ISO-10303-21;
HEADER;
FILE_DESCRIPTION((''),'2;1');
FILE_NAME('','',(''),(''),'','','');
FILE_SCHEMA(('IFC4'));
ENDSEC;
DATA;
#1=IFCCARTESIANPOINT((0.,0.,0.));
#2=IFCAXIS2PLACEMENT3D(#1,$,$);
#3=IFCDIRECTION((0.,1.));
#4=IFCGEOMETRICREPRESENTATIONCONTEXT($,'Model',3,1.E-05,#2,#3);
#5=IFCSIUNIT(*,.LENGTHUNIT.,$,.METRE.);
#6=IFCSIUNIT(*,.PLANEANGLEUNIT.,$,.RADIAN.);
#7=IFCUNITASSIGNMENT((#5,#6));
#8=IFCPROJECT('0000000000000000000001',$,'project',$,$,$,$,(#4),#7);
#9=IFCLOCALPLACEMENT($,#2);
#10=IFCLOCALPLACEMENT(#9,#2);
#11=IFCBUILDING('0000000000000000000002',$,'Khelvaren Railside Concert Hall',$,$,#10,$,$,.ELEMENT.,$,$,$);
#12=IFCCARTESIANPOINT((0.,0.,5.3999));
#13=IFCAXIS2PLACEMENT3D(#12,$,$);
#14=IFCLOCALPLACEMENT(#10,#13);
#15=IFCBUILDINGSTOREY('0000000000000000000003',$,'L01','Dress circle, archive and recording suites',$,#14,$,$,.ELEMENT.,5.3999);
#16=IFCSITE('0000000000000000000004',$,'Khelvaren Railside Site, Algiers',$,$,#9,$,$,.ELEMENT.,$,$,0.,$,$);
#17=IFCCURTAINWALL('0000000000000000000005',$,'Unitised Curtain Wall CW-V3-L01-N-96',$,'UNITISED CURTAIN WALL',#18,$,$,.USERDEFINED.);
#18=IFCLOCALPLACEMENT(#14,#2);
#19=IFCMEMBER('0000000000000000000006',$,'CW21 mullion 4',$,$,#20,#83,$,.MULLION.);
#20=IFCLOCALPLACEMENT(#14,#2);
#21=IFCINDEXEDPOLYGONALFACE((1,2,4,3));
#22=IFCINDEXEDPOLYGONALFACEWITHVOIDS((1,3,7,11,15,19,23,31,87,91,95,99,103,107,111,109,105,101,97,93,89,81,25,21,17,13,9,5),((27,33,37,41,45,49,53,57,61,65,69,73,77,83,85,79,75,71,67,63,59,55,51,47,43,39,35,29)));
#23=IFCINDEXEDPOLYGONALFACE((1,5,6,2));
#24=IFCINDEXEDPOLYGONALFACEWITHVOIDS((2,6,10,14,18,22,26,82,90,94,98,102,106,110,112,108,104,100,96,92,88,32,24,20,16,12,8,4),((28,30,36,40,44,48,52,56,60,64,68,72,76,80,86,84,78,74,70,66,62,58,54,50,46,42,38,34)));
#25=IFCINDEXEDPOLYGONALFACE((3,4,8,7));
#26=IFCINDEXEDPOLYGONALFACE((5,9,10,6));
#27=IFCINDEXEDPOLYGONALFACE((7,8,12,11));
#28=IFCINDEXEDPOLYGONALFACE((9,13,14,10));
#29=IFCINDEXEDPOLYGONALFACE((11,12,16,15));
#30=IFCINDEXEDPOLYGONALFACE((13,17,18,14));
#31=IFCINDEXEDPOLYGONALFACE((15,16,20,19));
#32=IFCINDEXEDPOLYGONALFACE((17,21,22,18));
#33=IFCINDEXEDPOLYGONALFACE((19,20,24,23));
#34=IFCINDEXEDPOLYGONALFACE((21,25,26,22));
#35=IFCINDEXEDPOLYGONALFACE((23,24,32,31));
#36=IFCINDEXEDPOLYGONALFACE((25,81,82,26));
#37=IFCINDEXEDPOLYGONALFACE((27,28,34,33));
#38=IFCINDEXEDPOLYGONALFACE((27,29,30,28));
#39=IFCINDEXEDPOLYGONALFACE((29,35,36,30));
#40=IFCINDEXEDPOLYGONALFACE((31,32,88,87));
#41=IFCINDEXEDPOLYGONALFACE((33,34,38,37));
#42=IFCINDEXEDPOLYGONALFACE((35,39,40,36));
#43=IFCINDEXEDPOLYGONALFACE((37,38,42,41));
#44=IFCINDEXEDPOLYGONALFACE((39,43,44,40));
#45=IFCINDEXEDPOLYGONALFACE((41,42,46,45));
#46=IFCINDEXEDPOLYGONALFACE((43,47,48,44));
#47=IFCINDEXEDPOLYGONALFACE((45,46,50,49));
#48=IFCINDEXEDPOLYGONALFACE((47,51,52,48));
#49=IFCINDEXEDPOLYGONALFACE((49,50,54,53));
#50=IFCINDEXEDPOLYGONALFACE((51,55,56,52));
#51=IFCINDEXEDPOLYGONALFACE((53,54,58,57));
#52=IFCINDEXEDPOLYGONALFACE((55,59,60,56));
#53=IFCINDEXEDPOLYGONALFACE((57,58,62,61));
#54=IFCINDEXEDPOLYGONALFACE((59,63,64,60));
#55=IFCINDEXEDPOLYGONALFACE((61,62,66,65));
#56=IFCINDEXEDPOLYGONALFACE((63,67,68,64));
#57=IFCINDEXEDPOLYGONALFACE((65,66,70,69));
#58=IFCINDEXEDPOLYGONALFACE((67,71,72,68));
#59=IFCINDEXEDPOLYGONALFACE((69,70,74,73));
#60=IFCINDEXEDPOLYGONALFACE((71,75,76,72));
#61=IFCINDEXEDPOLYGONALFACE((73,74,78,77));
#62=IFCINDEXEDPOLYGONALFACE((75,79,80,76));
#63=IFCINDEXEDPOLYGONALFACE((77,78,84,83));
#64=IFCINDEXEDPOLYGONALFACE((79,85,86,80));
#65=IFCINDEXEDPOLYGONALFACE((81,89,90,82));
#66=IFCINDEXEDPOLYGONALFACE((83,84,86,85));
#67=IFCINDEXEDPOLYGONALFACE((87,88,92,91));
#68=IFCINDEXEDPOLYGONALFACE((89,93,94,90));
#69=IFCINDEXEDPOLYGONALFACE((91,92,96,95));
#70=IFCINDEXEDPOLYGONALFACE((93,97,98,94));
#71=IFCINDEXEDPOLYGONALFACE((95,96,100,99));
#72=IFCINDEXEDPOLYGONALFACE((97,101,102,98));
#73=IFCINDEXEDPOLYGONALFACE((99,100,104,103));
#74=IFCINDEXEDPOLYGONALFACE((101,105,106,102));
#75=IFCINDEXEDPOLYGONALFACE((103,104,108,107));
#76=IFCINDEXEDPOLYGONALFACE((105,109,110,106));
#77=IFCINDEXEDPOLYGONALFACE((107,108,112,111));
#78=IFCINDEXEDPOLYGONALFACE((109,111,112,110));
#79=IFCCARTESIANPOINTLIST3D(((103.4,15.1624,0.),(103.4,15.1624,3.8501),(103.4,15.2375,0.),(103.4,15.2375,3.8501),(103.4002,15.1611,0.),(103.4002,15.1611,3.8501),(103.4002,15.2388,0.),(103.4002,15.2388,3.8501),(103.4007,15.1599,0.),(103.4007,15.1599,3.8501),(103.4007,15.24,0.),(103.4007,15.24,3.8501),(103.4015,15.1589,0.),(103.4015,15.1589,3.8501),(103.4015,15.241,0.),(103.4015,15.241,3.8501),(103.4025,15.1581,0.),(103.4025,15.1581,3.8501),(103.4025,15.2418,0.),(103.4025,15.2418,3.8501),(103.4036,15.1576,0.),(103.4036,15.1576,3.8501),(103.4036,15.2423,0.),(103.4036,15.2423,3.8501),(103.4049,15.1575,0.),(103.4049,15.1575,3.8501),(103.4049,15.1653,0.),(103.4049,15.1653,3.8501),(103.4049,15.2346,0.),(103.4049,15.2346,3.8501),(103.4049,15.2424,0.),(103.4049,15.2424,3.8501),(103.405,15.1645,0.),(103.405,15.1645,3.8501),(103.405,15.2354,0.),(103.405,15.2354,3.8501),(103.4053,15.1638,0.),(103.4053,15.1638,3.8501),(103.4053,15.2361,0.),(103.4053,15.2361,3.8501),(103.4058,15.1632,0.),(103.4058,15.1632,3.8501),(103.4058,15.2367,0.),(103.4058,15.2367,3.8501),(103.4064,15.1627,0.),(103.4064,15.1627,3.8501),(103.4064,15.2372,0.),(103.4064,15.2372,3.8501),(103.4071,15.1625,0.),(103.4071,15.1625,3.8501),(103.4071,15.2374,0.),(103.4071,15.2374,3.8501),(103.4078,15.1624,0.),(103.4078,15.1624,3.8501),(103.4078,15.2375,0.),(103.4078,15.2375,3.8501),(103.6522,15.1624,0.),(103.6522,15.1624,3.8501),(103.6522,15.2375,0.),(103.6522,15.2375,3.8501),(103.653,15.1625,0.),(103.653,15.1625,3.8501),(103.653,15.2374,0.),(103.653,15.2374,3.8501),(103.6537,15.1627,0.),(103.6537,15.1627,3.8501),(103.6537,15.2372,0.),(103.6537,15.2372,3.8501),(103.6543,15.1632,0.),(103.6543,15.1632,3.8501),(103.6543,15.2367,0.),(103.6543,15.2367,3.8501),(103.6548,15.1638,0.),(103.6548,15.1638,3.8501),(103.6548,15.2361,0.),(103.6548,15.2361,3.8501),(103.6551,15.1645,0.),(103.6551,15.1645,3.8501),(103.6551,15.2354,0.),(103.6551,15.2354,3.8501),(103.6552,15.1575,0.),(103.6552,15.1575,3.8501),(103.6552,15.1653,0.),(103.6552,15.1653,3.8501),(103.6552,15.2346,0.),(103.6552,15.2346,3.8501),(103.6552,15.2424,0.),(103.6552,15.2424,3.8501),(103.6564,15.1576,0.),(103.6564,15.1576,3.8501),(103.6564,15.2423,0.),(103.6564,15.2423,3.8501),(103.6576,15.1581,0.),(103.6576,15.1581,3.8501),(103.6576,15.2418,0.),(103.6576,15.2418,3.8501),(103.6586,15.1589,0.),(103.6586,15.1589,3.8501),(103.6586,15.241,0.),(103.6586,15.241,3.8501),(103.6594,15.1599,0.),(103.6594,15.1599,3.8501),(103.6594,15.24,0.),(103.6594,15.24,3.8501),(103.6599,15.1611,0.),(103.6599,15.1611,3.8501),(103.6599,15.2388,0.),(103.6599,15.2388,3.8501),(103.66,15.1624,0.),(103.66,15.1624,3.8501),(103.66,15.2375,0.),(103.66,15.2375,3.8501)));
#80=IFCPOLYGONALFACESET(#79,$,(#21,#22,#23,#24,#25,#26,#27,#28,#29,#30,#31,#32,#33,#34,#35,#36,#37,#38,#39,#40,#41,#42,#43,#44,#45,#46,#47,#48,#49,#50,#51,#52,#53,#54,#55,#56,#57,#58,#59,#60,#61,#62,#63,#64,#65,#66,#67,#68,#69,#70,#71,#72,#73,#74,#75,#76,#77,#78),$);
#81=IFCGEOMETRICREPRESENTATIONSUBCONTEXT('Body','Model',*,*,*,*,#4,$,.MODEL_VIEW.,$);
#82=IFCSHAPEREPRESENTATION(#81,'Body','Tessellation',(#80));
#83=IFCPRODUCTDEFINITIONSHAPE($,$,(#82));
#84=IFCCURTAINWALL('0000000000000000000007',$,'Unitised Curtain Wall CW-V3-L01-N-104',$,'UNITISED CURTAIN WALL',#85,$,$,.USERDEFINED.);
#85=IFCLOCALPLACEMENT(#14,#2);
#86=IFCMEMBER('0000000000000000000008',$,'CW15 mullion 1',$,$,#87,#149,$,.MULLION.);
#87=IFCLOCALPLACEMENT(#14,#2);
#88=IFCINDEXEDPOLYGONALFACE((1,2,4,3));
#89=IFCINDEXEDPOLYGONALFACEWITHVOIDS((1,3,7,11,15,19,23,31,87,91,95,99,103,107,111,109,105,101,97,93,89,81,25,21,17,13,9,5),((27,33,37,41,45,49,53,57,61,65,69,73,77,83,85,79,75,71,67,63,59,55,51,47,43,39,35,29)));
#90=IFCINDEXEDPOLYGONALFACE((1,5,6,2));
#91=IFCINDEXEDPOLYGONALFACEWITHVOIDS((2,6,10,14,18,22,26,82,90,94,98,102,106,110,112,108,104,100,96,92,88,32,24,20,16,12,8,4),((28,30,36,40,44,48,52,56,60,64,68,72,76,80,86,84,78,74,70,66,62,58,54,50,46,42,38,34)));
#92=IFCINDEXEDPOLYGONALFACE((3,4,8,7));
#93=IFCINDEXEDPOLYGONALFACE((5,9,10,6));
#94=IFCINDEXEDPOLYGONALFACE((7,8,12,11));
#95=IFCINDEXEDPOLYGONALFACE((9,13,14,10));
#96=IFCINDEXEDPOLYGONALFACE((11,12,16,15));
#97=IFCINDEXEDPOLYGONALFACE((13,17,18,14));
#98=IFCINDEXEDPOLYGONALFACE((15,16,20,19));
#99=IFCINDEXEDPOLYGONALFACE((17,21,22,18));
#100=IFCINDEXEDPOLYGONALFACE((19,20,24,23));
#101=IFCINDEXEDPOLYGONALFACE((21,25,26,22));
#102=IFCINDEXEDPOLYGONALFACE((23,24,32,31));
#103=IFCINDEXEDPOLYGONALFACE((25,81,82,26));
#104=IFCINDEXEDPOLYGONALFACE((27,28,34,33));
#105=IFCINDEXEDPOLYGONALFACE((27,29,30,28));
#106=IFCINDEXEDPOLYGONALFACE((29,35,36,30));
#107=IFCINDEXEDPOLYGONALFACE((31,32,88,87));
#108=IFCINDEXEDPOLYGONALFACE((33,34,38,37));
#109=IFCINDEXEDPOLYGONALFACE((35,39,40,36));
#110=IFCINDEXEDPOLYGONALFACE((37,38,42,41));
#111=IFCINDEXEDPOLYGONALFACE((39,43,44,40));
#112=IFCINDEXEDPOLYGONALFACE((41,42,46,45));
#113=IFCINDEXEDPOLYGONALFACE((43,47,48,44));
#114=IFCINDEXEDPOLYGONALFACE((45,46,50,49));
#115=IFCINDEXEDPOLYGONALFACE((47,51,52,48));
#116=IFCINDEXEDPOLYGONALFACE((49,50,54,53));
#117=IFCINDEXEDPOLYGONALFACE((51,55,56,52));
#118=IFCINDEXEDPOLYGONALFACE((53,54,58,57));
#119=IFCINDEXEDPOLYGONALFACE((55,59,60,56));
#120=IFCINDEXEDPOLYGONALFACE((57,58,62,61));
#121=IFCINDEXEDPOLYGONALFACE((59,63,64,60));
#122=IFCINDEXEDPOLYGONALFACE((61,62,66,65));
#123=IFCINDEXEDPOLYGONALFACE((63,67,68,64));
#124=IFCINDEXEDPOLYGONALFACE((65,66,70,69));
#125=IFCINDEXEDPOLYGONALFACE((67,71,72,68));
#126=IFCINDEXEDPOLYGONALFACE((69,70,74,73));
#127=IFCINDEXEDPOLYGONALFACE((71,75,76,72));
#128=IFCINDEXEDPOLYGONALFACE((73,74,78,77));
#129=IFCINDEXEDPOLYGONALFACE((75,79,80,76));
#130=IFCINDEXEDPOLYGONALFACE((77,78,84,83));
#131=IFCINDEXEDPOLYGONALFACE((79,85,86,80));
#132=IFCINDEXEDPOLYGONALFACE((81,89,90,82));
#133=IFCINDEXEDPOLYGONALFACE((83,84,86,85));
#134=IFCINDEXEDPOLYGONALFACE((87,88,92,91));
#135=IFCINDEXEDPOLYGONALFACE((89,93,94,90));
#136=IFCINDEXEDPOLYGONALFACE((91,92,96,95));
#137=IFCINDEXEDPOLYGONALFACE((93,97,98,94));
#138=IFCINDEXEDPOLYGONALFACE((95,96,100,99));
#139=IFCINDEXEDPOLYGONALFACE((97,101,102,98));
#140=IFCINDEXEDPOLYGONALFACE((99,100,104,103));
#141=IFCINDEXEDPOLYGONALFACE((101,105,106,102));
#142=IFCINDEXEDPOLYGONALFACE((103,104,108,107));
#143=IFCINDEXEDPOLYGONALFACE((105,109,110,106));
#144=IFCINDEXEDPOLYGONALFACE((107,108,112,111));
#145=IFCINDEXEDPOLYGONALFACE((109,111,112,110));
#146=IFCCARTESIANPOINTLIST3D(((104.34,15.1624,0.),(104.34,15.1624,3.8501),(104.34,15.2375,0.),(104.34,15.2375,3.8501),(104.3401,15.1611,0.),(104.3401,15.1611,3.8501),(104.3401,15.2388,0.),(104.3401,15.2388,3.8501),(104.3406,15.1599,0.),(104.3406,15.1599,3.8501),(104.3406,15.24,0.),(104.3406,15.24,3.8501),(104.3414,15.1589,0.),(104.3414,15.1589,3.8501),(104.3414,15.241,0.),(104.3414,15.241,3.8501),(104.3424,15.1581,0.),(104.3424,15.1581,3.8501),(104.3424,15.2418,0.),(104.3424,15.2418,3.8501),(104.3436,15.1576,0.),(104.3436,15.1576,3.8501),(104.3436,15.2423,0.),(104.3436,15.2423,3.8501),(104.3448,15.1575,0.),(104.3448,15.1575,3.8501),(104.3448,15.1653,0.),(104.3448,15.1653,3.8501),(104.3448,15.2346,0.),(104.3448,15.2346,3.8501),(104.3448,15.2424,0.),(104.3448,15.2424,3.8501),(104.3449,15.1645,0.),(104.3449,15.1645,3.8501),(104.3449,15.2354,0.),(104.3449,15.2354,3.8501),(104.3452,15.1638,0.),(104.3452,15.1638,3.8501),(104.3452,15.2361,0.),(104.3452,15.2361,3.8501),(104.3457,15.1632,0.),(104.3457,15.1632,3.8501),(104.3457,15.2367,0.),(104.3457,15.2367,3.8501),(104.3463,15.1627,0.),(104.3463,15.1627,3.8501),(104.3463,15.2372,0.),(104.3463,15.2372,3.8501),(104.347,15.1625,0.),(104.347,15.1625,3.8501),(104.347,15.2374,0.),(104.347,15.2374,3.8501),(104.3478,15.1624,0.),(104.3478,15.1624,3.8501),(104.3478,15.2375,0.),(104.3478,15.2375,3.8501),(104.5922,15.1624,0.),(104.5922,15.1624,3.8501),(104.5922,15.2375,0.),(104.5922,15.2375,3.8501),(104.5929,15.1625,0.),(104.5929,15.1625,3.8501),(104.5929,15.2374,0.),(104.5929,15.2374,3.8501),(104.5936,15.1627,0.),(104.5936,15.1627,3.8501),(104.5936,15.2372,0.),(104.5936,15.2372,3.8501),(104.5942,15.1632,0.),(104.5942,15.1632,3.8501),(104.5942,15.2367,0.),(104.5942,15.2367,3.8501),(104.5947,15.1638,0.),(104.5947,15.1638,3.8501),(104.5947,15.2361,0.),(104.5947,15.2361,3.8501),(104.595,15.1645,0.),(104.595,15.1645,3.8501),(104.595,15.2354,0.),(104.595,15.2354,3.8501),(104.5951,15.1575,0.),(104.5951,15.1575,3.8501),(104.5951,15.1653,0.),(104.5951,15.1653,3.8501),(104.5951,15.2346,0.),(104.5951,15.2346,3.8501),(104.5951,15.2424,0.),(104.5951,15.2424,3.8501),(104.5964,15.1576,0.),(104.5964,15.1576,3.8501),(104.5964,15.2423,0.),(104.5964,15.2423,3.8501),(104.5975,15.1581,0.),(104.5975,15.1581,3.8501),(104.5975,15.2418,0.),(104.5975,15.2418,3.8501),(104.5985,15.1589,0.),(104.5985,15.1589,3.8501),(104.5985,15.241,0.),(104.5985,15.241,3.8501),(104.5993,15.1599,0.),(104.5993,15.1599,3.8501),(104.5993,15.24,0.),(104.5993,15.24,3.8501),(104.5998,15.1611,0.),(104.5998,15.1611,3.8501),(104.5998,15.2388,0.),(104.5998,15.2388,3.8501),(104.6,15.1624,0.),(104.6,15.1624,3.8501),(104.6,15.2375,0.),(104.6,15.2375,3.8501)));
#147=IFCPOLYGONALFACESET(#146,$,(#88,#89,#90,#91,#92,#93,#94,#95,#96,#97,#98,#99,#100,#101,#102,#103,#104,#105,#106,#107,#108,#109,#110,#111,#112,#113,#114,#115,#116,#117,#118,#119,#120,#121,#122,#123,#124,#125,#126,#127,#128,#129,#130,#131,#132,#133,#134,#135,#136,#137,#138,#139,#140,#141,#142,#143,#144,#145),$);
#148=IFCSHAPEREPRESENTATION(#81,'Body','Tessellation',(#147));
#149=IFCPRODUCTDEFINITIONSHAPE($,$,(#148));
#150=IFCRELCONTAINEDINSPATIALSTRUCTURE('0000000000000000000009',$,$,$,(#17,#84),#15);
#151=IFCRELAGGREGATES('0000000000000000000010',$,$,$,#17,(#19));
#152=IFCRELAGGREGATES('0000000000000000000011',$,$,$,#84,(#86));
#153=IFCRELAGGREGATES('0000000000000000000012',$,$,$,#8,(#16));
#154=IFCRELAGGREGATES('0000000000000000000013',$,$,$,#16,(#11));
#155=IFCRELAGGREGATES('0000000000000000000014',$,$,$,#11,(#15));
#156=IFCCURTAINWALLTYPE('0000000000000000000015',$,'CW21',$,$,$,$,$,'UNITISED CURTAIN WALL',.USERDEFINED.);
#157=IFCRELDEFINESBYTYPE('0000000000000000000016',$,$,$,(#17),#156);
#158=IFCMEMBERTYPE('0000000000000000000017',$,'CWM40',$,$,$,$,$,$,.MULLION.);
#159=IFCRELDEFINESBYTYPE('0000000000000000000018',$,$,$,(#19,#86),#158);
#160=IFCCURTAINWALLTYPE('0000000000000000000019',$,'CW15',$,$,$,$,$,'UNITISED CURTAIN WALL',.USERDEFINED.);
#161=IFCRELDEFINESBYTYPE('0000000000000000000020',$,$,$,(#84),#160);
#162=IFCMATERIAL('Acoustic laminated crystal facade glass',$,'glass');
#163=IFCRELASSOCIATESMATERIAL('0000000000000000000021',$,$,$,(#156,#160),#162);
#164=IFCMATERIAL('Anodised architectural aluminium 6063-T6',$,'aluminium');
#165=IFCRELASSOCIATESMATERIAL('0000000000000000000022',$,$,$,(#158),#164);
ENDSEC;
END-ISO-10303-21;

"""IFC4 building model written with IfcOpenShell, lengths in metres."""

from ifc_helpers import new_model, si_unit, direction, frame, origin, origin_2d, place, context, subcontext, project, spatial, hollow_rectangle, extrude, material, material_profile, profile_set, type_object, element, aggregate, save


model = new_model("IFC4")

# Units and contexts
model_context = context("Model", 3, precision=1e-05, world=origin(), true_north=direction((0.0, 1.0)))
body_context = subcontext(model_context, "Body", "Model", "MODEL_VIEW")
ifc_project = project(units=[si_unit("LENGTHUNIT", "METRE"), si_unit("PLANEANGLEUNIT", "RADIAN")], contexts=[model_context])

# Site, building, storey
site_placement = place(None, origin())
site = spatial("IfcSite", under=ifc_project, at=site_placement, Name="Khelvaren Railside Site, Algiers", CompositionType="ELEMENT", RefElevation=0.0)
building_placement = place(site_placement, origin())
building = spatial("IfcBuilding", under=site, at=building_placement, Name="Khelvaren Railside Concert Hall", CompositionType="ELEMENT")
storey_placement = place(building_placement, frame((0.0, 0.0, 5.3999)))
storey = spatial("IfcBuildingStorey", under=building, at=storey_placement, Name="L01", Description="Dress circle, archive and recording suites", CompositionType="ELEMENT", Elevation=5.3999)

# Curtain wall, member
ifc_material_1 = material(Name="Acoustic laminated crystal facade glass", Category="glass")
curtain_wall_type_1 = type_object("IfcCurtainWallType", Name="CW21", ElementType="UNITISED CURTAIN WALL", PredefinedType="USERDEFINED", material=ifc_material_1)
curtain_wall_1_placement = place(storey_placement, origin())
curtain_wall_1 = element("IfcCurtainWall", 1, at=curtain_wall_1_placement, inside=storey, type_object=curtain_wall_type_1, Name="Unitised Curtain Wall CW-V3-L01-N-96", ObjectType="UNITISED CURTAIN WALL", PredefinedType="USERDEFINED")
ifc_material_2 = material(Name="Anodised architectural aluminium 6063-T6", Category="aluminium")
ifc_material_profile_1 = material_profile(ifc_material_2, hollow_rectangle(XDim=0.085, YDim=0.26, WallThickness=0.0049, InnerFilletRadius=0.0029, OuterFilletRadius=0.0049, at=origin_2d()), Name="CWM 85x260x5")
ifc_profile_set_1 = profile_set([ifc_material_profile_1], Name="Anodised architectural aluminium 6063-T6")
member_type_1 = type_object("IfcMemberType", Name="CWM40", PredefinedType="MULLION", material=ifc_profile_set_1)
member_1_placement = place(storey_placement, frame((103.53, 15.2, 0.0), z_axis=(0.0, 0.0, 1.0), x_axis=(0.0, 1.0, 0.0)))
member_1 = element("IfcMember", 2, at=member_1_placement, type_object=member_type_1, Name="CW21 mullion 4", PredefinedType="MULLION", context=body_context, shape_type="SweptSolid", body=[
    extrude(hollow_rectangle(XDim=0.085, YDim=0.26, WallThickness=0.0049, InnerFilletRadius=0.0029, OuterFilletRadius=0.0049, at=origin_2d()), origin(), (0.0, 0.0, 1.0), 3.8501),
])

# Curtain wall, member
curtain_wall_type_2 = type_object("IfcCurtainWallType", Name="CW15", ElementType="UNITISED CURTAIN WALL", PredefinedType="USERDEFINED", material=ifc_material_1)
curtain_wall_2_placement = place(storey_placement, origin())
curtain_wall_2 = element("IfcCurtainWall", 3, at=curtain_wall_2_placement, inside=storey, type_object=curtain_wall_type_2, Name="Unitised Curtain Wall CW-V3-L01-N-104", ObjectType="UNITISED CURTAIN WALL", PredefinedType="USERDEFINED")
member_2_placement = place(storey_placement, frame((104.47, 15.2, 0.0), z_axis=(0.0, 0.0, 1.0), x_axis=(0.0, 1.0, 0.0)))
member_2 = element("IfcMember", 4, at=member_2_placement, type_object=member_type_1, Name="CW15 mullion 1", PredefinedType="MULLION", context=body_context, shape_type="SweptSolid", body=[
    extrude(hollow_rectangle(XDim=0.085, YDim=0.26, WallThickness=0.0049, InnerFilletRadius=0.0029, OuterFilletRadius=0.0049, at=origin_2d()), origin(), (0.0, 0.0, 1.0), 3.8501),
])

aggregate(curtain_wall_1, [member_1])
aggregate(curtain_wall_2, [member_2])

save(model, "model.ifc")
